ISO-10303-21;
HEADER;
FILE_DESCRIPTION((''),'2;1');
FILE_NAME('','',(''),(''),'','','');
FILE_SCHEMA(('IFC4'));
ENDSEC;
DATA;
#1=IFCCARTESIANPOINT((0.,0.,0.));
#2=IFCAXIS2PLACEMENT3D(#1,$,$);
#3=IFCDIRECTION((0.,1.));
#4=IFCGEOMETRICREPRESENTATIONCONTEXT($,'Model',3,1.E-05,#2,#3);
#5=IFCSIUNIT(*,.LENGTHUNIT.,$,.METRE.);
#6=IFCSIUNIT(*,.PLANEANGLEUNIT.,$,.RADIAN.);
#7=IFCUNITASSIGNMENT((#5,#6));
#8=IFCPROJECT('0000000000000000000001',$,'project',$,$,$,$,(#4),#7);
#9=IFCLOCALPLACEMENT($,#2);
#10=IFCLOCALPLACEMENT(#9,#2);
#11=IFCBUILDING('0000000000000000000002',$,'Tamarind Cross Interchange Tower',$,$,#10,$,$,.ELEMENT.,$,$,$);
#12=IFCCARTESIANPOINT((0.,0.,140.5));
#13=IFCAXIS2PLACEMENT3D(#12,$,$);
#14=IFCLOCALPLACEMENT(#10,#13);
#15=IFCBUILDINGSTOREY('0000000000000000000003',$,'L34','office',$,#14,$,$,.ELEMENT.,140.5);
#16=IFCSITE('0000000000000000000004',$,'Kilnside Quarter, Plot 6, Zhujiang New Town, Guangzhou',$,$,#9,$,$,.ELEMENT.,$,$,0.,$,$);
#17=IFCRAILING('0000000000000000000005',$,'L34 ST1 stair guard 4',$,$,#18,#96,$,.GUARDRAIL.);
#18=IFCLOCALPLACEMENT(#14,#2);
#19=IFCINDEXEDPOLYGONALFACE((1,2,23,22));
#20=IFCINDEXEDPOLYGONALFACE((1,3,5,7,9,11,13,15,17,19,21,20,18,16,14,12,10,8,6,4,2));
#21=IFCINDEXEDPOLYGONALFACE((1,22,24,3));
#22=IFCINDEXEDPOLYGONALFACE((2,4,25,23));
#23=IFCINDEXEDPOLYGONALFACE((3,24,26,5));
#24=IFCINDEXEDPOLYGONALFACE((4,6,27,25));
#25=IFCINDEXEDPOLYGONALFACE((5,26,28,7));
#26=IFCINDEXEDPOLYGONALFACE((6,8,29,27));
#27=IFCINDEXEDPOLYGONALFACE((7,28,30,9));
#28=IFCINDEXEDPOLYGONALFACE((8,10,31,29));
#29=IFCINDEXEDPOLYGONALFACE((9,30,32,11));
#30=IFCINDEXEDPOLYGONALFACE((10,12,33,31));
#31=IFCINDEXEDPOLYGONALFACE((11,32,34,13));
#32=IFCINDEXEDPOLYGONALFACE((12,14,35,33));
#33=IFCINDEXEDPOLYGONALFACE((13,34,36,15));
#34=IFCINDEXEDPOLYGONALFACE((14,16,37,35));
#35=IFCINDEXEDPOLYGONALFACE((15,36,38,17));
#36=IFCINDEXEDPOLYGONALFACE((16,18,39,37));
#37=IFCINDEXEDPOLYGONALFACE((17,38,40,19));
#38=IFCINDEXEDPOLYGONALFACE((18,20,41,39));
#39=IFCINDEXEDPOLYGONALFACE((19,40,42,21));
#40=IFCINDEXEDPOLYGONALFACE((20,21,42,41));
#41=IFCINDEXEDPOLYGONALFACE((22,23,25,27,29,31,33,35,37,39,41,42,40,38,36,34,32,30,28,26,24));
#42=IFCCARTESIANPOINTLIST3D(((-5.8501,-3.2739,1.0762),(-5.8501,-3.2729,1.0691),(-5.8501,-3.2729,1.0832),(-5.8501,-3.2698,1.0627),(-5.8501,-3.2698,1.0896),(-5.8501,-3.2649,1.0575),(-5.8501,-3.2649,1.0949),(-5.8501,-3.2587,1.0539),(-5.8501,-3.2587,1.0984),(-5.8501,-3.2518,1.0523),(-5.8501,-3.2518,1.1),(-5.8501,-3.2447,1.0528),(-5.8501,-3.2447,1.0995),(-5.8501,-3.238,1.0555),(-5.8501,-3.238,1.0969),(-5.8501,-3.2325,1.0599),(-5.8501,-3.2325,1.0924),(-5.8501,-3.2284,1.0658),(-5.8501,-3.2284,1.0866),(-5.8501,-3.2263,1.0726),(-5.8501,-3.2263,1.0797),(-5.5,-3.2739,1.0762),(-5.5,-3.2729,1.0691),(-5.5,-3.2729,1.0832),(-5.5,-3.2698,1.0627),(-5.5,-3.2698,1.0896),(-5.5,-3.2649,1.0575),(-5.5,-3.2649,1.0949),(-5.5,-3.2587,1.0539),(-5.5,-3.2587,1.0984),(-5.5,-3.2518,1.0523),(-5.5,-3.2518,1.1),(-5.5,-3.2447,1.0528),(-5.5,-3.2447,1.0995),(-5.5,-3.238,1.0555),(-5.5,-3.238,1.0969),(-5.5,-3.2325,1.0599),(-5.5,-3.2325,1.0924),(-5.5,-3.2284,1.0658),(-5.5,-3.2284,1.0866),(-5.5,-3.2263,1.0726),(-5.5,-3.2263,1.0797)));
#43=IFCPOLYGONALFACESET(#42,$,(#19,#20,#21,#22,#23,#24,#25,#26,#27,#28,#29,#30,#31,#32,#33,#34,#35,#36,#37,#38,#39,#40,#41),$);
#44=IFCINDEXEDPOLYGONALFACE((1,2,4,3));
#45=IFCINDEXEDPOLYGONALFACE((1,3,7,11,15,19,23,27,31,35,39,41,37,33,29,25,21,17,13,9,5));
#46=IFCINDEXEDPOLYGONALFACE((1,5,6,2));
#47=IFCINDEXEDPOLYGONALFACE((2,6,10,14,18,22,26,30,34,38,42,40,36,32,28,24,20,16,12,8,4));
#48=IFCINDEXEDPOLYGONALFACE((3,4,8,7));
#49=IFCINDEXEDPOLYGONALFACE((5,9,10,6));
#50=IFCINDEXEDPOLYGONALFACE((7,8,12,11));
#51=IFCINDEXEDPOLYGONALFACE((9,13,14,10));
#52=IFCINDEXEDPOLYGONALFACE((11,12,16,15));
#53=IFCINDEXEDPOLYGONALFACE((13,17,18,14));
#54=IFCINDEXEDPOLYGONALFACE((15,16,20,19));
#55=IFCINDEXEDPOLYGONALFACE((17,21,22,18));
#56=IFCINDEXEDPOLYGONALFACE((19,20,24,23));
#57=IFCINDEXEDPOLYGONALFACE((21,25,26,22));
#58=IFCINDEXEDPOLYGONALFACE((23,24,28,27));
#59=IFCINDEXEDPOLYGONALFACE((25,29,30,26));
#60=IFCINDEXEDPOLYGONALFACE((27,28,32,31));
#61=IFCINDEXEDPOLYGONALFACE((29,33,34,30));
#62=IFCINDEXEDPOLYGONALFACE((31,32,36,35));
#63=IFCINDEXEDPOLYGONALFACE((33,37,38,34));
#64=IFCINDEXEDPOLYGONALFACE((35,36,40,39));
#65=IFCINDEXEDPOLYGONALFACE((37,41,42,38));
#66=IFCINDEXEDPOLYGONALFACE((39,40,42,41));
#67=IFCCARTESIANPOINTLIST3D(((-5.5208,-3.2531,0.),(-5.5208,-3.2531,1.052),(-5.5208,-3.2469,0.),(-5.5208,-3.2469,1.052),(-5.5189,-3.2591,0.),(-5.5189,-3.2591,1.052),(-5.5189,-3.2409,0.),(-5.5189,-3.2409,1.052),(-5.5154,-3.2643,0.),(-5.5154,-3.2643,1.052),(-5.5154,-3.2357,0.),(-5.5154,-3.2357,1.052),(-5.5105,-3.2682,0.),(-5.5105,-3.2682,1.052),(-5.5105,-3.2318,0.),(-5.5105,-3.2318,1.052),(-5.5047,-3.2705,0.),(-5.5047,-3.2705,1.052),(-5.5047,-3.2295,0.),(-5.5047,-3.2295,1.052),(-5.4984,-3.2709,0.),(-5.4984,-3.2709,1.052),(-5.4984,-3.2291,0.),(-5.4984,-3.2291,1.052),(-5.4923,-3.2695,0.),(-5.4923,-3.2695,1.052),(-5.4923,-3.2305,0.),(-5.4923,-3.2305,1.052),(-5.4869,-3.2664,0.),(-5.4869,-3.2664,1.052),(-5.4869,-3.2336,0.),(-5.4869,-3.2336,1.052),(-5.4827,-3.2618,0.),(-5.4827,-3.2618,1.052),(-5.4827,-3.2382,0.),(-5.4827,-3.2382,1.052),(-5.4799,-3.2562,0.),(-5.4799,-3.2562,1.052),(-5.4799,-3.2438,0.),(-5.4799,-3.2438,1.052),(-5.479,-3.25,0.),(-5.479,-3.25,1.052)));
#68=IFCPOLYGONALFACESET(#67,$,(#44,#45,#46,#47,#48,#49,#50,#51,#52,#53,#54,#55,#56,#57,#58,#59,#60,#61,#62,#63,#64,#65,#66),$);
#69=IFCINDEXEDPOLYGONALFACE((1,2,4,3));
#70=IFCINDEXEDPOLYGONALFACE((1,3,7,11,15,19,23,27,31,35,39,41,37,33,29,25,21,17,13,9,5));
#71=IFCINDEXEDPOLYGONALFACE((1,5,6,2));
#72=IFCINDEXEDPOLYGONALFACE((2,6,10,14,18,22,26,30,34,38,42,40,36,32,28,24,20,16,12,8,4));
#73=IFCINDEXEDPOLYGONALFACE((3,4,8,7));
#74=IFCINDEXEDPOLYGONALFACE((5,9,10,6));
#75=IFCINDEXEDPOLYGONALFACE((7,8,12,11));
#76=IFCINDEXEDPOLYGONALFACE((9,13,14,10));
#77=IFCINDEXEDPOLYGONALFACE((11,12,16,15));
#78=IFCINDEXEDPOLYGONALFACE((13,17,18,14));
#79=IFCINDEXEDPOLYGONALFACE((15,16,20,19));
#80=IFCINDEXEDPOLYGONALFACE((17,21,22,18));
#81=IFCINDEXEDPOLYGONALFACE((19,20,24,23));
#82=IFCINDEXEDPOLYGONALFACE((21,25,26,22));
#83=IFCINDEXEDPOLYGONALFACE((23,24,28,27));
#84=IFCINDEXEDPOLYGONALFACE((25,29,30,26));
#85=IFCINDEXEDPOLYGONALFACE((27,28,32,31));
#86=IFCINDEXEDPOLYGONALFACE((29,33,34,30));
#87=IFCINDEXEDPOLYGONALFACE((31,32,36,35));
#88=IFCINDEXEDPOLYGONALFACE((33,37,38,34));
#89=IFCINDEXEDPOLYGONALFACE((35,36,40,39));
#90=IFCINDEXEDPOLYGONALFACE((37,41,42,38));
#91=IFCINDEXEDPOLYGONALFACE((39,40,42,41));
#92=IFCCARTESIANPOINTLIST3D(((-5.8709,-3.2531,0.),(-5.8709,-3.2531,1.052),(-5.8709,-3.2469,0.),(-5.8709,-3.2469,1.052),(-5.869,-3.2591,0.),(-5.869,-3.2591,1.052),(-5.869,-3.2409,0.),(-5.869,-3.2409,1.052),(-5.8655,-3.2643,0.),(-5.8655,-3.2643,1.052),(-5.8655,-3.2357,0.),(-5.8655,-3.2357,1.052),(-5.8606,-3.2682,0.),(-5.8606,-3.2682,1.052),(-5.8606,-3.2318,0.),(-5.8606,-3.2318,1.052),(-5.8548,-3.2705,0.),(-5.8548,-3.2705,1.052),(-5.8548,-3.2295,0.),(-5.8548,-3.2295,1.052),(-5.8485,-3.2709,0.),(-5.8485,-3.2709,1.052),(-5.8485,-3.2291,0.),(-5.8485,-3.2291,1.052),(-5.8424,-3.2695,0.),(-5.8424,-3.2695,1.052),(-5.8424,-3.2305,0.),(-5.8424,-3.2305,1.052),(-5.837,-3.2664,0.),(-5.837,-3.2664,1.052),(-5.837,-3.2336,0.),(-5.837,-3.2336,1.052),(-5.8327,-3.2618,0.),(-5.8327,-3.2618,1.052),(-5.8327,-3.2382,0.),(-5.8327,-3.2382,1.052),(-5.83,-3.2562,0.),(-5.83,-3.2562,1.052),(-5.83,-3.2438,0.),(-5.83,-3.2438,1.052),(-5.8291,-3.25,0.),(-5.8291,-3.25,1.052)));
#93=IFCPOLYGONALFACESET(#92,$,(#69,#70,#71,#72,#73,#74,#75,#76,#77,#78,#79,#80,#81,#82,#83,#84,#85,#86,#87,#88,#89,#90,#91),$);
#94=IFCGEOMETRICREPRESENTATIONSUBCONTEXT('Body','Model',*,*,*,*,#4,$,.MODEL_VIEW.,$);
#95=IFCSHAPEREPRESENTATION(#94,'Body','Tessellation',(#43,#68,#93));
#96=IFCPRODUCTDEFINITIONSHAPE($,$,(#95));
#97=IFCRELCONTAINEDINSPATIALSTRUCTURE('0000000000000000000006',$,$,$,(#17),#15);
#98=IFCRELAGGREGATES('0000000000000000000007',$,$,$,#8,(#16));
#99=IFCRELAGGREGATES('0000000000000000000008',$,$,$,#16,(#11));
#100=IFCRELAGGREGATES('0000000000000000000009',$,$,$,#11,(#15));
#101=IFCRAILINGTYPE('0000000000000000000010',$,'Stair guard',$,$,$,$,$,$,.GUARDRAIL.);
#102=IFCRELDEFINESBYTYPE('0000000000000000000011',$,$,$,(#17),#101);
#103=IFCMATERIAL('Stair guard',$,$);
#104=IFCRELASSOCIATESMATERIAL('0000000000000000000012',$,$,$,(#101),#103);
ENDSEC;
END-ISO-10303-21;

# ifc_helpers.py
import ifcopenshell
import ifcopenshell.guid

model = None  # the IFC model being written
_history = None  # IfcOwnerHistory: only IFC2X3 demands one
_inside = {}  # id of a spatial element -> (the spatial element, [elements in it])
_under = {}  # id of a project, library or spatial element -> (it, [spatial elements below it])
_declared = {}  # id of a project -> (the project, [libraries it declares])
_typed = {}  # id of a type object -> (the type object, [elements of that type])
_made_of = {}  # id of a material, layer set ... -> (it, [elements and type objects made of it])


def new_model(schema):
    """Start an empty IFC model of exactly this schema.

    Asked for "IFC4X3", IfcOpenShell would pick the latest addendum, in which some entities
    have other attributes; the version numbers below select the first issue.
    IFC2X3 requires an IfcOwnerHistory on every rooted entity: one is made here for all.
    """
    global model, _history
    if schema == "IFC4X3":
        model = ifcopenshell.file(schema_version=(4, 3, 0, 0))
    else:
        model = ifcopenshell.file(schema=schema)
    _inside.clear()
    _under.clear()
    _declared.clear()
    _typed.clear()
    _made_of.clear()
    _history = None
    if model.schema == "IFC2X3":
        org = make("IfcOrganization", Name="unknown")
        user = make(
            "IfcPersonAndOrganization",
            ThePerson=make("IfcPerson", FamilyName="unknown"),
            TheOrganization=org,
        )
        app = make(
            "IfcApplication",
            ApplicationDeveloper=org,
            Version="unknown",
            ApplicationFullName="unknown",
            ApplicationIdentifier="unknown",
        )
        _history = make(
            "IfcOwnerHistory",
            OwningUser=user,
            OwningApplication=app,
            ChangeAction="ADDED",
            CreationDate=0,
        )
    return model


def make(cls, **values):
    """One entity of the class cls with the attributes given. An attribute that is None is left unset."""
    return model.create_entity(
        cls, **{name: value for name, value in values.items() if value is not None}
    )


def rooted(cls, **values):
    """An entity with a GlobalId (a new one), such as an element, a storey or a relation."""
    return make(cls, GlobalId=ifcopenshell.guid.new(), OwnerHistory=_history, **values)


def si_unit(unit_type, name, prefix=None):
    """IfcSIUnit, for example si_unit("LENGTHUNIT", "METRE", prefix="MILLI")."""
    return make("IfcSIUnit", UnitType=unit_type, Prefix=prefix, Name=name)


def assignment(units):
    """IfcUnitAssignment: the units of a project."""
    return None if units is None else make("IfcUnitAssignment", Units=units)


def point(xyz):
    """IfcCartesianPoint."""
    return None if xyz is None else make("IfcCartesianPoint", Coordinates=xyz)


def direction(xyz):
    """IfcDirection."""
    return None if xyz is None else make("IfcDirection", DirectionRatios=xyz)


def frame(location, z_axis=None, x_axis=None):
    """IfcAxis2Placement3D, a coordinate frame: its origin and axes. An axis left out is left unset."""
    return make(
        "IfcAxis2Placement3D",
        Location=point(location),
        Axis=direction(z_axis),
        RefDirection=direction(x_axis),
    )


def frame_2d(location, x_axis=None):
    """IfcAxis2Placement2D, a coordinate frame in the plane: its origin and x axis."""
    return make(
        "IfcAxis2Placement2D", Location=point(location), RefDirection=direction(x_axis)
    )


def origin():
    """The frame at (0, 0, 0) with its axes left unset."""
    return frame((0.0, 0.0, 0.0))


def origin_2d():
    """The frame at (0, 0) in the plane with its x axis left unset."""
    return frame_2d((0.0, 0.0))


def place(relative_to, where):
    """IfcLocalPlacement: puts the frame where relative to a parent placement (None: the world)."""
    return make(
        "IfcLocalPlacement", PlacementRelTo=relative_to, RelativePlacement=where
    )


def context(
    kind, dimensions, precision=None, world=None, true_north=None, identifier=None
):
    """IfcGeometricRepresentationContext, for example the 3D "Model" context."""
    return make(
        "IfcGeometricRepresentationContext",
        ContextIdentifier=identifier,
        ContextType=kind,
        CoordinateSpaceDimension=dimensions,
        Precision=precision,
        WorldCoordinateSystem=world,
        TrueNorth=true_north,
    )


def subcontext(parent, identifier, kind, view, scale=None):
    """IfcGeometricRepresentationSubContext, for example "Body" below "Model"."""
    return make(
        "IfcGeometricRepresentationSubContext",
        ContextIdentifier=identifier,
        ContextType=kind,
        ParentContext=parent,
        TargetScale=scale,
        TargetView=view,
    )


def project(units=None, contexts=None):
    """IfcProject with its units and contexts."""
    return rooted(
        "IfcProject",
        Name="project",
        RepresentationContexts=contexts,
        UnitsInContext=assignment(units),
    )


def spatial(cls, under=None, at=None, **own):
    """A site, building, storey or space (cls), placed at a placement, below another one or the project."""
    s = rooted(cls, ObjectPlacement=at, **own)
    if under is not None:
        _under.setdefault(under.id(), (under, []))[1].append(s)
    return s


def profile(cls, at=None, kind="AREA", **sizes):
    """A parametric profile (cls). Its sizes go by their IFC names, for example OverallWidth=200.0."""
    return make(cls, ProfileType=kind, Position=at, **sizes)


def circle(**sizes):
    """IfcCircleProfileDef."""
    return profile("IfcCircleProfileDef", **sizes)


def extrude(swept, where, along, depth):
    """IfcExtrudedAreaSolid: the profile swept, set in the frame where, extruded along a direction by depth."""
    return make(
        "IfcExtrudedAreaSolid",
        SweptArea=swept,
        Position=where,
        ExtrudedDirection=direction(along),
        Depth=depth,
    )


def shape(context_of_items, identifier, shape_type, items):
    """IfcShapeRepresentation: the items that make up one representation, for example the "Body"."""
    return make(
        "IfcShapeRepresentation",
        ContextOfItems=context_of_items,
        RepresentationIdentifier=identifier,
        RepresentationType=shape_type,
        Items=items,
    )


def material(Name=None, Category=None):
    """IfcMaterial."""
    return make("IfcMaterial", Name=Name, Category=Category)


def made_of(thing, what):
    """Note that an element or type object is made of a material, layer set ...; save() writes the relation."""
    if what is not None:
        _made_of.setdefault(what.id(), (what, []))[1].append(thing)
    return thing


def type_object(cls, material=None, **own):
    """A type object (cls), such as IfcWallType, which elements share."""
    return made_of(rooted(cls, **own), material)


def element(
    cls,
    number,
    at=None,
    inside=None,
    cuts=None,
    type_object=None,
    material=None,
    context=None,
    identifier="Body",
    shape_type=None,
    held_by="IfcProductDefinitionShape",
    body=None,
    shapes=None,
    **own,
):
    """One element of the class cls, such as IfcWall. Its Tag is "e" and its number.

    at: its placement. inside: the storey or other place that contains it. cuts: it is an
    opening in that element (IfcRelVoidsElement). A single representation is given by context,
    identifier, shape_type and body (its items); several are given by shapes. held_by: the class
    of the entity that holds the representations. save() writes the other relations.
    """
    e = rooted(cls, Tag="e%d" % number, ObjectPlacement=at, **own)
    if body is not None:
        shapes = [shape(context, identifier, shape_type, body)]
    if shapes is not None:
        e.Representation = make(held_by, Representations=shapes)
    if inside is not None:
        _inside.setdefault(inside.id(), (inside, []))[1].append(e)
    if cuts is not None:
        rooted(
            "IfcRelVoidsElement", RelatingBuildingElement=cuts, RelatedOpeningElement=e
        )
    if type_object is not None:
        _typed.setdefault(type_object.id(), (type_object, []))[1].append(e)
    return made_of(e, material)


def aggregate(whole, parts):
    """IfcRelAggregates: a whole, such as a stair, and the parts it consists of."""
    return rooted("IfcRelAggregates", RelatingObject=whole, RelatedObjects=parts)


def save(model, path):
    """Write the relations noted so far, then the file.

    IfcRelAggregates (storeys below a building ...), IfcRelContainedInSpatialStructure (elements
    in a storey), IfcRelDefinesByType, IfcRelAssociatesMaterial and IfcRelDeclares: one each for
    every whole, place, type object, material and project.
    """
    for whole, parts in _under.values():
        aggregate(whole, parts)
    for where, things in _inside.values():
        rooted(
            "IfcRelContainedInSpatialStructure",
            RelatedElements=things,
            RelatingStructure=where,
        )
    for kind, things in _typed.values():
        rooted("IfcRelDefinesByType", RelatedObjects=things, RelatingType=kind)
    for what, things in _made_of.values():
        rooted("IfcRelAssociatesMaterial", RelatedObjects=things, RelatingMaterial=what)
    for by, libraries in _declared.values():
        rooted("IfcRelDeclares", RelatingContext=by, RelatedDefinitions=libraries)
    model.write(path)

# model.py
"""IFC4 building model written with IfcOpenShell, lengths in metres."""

from ifc_helpers import new_model, si_unit, direction, frame, origin, origin_2d, place, context, subcontext, project, spatial, circle, extrude, material, type_object, element, save


model = new_model("IFC4")

# Units and contexts
model_context = context("Model", 3, precision=1e-05, world=origin(), true_north=direction((0.0, 1.0)))
body_context = subcontext(model_context, "Body", "Model", "MODEL_VIEW")
ifc_project = project(units=[si_unit("LENGTHUNIT", "METRE"), si_unit("PLANEANGLEUNIT", "RADIAN")], contexts=[model_context])

# Site, building, storey
site_placement = place(None, origin())
site = spatial("IfcSite", under=ifc_project, at=site_placement, Name="Kilnside Quarter, Plot 6, Zhujiang New Town, Guangzhou", CompositionType="ELEMENT", RefElevation=0.0)
building_placement = place(site_placement, origin())
building = spatial("IfcBuilding", under=site, at=building_placement, Name="Tamarind Cross Interchange Tower", CompositionType="ELEMENT")
storey_placement = place(building_placement, frame((0.0, 0.0, 140.5)))
storey = spatial("IfcBuildingStorey", under=building, at=storey_placement, Name="L34", Description="office", CompositionType="ELEMENT", Elevation=140.5)

# Railing
ifc_material_1 = material(Name="Stair guard")
railing_type_1 = type_object("IfcRailingType", Name="Stair guard", PredefinedType="GUARDRAIL", material=ifc_material_1)
railing_1_placement = place(storey_placement, frame((-5.5, -3.25, 0.0)))
element("IfcRailing", 1, at=railing_1_placement, inside=storey, type_object=railing_type_1, Name="L34 ST1 stair guard 4", PredefinedType="GUARDRAIL", context=body_context, shape_type="SweptSolid", body=[
    extrude(circle(Radius=0.0239, at=origin_2d()), frame((0.0, 0.0, 1.0762), z_axis=(-1.0, 0.0, 0.0), x_axis=(0.0, -1.0, 0.0)), (0.0, 0.0, 1.0), 0.3501),
    extrude(circle(Radius=0.021, at=origin_2d()), origin(), (0.0, 0.0, 1.0), 1.052),
    extrude(circle(Radius=0.021, at=origin_2d()), frame((-0.3501, 0.0, 0.0)), (0.0, 0.0, 1.0), 1.052),
])

save(model, "model.ifc")
